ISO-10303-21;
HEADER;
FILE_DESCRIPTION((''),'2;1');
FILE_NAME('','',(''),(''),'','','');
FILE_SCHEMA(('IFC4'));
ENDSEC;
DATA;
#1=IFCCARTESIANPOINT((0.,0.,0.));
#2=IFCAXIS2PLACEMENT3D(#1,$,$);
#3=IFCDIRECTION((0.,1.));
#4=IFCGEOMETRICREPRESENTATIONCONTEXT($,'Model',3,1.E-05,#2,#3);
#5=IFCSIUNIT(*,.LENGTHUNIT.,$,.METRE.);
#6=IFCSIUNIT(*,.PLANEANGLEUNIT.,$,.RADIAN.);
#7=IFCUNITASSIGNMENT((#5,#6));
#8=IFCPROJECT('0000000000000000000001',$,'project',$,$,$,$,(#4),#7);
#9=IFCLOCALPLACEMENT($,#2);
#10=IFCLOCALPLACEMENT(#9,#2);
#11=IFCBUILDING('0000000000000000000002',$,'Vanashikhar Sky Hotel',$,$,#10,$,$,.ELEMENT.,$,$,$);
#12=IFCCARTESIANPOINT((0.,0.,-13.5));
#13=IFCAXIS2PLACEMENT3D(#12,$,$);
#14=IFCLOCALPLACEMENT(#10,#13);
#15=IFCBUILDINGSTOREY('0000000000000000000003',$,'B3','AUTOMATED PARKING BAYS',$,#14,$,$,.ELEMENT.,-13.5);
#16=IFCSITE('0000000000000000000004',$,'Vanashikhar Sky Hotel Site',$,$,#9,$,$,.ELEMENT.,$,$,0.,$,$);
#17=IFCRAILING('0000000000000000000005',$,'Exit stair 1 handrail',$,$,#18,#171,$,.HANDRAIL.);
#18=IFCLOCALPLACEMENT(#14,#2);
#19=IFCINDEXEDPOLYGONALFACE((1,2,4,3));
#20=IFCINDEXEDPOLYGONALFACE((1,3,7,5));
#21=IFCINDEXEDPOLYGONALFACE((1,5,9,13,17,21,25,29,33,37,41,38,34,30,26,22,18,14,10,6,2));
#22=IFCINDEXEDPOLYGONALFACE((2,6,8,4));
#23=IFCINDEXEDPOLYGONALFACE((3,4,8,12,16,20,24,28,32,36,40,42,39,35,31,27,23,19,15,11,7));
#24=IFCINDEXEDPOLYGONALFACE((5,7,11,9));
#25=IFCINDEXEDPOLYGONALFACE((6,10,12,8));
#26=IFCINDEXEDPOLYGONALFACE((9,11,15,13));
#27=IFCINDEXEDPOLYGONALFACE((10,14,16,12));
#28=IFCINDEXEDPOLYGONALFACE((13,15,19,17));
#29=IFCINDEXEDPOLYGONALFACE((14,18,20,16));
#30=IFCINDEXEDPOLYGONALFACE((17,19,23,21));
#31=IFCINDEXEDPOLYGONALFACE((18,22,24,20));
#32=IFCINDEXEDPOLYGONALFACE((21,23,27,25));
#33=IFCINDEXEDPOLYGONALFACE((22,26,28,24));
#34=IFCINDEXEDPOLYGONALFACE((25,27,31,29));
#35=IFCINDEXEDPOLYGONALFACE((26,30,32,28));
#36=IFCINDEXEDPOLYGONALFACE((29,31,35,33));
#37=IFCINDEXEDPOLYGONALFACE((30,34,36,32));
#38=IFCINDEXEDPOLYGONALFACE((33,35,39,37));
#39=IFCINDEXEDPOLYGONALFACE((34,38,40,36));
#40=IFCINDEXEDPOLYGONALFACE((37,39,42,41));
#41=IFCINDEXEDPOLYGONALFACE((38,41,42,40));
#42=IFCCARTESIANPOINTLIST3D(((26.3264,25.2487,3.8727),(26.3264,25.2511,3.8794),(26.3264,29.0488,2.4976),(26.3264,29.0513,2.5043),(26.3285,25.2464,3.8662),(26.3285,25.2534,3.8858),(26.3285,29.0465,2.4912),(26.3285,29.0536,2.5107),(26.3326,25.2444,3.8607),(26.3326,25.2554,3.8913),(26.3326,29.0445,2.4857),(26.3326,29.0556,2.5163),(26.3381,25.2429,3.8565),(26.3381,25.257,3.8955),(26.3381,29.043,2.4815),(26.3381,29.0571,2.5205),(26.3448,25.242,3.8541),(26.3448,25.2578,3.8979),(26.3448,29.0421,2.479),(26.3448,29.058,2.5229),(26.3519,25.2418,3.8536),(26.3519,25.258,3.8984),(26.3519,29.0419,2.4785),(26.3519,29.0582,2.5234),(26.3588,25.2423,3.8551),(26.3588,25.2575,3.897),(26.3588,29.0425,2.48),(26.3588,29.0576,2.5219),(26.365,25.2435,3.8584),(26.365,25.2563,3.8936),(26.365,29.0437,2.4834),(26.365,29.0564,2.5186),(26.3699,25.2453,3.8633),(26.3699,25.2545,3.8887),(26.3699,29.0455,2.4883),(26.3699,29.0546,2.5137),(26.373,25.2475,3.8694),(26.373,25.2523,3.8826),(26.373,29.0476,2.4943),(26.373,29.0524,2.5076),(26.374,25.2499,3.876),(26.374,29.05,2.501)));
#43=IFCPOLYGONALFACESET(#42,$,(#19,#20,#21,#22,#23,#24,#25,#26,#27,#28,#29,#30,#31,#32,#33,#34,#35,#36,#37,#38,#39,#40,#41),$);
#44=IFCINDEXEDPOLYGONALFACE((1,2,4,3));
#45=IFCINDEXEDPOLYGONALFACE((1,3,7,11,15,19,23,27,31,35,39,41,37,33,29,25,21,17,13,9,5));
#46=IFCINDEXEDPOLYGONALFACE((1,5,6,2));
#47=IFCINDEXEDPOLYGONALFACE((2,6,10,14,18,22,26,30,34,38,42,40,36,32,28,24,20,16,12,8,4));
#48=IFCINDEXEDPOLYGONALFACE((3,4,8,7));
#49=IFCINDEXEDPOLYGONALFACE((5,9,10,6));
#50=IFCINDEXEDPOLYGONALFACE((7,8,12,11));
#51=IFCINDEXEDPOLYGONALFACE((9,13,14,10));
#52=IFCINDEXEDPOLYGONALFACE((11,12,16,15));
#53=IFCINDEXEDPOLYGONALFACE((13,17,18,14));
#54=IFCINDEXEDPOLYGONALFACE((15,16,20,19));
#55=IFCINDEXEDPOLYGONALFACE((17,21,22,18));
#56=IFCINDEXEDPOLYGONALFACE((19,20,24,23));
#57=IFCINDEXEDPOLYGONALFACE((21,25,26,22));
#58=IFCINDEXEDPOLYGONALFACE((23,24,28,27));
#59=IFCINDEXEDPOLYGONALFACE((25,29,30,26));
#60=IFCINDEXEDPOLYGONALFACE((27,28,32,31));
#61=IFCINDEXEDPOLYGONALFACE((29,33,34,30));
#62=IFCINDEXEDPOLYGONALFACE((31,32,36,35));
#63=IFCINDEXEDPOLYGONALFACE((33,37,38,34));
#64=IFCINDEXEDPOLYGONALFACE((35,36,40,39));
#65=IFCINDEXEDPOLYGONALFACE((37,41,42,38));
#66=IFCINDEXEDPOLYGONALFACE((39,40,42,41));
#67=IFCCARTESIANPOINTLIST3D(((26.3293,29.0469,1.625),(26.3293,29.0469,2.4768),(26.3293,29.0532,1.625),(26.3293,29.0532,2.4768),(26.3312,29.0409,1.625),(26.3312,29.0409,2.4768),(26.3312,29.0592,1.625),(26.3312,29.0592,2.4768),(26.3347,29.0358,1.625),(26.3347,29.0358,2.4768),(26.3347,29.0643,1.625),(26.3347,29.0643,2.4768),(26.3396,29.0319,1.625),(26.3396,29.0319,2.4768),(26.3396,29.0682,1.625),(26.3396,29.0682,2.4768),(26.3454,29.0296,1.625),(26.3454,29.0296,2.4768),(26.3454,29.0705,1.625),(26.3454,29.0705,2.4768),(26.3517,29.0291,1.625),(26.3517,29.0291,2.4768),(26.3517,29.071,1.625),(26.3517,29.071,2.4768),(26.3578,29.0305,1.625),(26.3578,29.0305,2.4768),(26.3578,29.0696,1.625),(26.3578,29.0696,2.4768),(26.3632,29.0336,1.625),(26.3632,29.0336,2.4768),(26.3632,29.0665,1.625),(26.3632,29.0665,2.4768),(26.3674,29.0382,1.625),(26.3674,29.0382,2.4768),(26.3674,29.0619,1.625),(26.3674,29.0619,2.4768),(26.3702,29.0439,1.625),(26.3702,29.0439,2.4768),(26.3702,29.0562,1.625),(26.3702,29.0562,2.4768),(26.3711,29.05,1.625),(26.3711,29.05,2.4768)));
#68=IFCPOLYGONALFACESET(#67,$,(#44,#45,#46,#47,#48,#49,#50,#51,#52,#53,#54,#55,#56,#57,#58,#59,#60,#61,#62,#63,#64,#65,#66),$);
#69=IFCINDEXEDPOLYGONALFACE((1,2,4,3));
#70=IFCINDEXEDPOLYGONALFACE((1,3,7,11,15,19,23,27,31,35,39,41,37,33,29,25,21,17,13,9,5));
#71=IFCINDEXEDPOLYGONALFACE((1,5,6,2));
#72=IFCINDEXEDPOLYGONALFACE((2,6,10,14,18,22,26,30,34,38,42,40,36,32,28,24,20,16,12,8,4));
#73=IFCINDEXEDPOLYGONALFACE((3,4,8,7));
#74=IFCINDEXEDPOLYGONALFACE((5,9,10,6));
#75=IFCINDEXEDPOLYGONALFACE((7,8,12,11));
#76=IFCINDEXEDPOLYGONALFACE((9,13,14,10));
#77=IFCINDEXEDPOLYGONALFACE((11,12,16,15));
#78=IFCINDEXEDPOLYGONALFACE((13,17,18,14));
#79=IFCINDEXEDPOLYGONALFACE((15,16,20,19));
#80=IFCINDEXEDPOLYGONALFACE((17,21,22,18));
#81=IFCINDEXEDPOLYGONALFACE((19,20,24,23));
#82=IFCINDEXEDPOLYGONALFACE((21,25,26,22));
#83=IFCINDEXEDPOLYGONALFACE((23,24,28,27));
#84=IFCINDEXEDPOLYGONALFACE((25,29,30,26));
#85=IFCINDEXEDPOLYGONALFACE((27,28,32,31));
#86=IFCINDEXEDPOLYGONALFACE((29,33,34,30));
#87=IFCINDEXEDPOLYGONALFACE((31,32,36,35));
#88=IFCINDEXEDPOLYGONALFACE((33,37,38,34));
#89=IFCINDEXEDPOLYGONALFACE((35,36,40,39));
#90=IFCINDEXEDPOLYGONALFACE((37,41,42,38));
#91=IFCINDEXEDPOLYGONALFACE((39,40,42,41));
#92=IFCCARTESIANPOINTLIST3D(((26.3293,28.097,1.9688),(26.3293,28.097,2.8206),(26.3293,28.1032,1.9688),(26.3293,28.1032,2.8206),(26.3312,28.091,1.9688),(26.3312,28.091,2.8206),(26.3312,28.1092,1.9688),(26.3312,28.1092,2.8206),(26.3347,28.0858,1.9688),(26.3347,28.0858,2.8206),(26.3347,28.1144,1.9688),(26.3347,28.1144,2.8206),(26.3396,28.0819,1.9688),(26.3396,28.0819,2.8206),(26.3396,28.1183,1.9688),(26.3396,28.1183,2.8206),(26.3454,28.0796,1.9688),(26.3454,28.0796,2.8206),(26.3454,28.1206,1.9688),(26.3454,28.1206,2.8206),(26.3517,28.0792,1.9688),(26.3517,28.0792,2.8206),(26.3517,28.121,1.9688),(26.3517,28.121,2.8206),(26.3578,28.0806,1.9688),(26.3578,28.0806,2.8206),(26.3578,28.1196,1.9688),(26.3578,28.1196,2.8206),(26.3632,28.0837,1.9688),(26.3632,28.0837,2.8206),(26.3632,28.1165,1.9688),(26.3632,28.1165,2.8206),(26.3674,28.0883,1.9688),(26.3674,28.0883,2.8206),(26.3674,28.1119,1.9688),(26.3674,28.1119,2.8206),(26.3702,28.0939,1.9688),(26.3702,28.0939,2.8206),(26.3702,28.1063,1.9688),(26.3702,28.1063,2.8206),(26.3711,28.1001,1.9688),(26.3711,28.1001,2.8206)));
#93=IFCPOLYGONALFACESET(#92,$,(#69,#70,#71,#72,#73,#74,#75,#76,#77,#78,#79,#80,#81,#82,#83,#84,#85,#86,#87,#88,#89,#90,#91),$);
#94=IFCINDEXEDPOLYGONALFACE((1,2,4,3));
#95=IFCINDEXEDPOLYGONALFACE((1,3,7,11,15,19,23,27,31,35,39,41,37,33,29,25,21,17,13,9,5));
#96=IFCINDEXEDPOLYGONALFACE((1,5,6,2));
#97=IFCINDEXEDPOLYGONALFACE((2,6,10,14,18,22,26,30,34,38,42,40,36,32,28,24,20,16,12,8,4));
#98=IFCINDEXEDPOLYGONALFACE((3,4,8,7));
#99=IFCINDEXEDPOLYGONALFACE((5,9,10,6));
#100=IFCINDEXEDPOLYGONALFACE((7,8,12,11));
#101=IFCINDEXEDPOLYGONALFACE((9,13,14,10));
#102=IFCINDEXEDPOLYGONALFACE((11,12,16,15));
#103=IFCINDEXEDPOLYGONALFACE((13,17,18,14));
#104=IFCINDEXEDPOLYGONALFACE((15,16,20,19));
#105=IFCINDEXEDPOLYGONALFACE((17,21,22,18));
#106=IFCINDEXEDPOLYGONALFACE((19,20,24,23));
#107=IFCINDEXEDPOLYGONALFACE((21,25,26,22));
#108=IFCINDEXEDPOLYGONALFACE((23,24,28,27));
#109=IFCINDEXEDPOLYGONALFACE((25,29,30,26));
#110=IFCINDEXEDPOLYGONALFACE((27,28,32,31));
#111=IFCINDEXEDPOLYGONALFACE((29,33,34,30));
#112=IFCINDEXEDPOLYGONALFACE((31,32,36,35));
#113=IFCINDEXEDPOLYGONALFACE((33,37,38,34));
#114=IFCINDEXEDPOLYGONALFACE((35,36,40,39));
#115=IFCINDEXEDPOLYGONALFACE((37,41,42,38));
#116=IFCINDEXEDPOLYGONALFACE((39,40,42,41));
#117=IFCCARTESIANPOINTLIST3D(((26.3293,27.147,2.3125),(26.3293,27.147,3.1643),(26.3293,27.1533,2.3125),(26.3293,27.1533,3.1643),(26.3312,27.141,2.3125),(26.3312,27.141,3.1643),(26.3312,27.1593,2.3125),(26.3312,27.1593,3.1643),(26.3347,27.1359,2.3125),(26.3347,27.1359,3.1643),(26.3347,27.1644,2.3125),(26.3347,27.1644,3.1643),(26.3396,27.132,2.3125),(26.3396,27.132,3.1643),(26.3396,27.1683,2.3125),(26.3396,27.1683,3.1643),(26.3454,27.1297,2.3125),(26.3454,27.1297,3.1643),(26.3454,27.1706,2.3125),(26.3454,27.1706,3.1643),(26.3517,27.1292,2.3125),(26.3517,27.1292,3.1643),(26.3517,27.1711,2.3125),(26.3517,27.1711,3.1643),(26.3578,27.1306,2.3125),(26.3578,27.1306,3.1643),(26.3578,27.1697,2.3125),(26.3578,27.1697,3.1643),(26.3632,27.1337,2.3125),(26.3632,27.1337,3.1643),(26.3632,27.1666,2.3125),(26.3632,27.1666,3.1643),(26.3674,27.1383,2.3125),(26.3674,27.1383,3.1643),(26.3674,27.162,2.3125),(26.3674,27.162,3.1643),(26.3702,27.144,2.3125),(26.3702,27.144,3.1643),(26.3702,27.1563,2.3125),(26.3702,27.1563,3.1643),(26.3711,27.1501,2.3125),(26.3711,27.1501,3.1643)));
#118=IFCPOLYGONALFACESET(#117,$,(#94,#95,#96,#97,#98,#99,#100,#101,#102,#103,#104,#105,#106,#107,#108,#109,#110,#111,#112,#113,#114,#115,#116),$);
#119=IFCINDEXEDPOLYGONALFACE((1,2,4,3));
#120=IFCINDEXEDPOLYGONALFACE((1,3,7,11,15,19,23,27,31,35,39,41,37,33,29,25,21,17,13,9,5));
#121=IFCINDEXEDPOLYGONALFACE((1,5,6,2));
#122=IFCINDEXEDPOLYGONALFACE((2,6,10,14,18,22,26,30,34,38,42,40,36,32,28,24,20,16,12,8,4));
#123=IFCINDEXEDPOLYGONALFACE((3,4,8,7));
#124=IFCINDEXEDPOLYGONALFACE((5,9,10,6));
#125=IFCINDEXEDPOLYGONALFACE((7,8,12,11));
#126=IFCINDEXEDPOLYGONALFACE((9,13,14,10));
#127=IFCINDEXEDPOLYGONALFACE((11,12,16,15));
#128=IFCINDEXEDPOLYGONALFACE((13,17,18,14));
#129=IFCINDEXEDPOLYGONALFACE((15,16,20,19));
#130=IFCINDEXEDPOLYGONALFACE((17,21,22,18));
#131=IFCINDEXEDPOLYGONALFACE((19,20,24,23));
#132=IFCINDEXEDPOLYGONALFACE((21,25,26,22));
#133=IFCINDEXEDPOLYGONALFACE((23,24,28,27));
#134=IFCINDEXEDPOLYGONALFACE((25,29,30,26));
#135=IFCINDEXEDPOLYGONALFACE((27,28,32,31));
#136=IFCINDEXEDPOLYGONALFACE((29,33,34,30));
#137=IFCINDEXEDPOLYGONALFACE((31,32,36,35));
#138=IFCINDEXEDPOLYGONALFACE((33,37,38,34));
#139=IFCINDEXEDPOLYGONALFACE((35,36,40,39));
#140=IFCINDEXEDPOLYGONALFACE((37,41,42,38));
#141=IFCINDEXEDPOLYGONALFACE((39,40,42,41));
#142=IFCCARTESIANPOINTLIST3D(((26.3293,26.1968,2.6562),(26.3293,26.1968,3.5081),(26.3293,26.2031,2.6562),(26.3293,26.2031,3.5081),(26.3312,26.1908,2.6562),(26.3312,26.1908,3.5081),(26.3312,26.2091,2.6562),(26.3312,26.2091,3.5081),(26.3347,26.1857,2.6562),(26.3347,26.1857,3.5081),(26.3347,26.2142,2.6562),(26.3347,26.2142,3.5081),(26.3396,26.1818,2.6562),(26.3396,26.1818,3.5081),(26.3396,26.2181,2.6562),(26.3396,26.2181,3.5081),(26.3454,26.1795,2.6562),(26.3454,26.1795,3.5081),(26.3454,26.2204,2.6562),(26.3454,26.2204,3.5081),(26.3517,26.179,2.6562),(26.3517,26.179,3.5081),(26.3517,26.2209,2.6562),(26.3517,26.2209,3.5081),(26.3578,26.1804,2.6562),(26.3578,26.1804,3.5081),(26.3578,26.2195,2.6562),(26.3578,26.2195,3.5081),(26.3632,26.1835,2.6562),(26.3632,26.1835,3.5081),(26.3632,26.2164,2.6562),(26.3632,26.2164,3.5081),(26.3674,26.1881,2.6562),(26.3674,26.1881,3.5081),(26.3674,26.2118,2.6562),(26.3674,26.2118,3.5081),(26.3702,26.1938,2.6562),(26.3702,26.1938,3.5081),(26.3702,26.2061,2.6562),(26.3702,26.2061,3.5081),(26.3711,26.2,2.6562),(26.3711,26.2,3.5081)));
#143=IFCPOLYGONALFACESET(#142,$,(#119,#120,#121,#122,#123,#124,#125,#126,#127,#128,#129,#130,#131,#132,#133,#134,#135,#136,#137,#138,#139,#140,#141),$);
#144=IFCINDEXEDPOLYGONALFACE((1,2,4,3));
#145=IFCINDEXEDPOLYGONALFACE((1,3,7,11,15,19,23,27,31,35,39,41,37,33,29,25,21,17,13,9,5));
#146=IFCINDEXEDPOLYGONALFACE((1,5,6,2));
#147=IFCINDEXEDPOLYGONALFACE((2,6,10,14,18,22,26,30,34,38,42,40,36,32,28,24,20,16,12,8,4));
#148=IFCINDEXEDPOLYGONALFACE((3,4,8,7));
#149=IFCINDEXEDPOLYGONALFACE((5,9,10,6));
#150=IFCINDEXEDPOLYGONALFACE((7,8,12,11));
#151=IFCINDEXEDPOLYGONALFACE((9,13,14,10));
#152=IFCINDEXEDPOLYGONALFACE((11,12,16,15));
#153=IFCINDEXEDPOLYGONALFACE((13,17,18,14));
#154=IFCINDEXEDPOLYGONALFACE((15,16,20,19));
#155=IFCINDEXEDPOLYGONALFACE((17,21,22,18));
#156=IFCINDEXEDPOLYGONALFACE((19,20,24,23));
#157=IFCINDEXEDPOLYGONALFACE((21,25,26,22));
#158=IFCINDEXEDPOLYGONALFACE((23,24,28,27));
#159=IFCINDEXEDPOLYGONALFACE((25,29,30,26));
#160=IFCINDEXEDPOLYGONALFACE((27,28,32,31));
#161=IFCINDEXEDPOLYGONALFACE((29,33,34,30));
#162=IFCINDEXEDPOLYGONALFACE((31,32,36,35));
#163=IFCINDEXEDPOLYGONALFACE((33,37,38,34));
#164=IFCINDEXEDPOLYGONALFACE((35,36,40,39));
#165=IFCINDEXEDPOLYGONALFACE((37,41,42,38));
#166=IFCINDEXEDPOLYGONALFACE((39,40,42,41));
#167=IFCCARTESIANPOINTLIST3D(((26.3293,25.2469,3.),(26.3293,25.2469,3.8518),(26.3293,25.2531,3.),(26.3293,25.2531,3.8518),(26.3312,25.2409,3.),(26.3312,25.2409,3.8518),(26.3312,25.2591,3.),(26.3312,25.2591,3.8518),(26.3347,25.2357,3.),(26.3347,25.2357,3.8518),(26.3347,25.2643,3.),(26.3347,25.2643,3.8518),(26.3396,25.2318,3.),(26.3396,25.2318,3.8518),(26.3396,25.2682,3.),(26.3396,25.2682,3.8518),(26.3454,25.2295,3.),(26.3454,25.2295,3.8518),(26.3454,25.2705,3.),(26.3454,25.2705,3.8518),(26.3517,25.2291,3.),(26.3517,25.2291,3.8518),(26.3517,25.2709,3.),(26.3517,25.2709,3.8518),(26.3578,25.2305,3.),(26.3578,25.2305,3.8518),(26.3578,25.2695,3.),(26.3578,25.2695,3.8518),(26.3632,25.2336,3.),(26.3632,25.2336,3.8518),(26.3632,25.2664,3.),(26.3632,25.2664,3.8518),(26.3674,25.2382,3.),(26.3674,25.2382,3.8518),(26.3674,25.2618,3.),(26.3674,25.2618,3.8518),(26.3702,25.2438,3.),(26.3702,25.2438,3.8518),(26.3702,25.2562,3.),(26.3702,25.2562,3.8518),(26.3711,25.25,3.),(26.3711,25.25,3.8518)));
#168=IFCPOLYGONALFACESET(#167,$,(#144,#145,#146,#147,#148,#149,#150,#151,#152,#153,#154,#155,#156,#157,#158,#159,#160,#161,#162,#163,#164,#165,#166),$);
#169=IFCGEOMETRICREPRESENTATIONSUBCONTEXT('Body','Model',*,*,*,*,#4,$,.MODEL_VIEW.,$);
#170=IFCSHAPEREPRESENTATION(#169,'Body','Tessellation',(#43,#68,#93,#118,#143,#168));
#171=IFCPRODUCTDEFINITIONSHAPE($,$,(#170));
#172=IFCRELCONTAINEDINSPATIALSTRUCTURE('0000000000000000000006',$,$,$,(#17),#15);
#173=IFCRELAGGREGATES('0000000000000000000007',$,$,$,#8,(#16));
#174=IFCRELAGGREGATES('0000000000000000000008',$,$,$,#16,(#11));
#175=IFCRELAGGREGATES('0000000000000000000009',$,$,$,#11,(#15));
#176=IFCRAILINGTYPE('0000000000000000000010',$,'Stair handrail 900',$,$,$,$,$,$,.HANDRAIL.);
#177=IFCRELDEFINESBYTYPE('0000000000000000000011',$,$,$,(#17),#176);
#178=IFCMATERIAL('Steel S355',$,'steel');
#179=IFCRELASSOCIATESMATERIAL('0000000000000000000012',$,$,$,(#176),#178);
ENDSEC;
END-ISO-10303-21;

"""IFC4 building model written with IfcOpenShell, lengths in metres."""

from ifc_helpers import new_model, si_unit, direction, frame, origin, origin_2d, place, context, subcontext, project, spatial, circle, extrude, source, transform, mapped, material, type_object, element, save


model = new_model("IFC4")

# Units and contexts
model_context = context("Model", 3, precision=1e-05, world=origin(), true_north=direction((0.0, 1.0)))
body_context = subcontext(model_context, "Body", "Model", "MODEL_VIEW")
ifc_project = project(units=[si_unit("LENGTHUNIT", "METRE"), si_unit("PLANEANGLEUNIT", "RADIAN")], contexts=[model_context])

# Site, building, storey
site_placement = place(None, origin())
site = spatial("IfcSite", under=ifc_project, at=site_placement, Name="Vanashikhar Sky Hotel Site", CompositionType="ELEMENT", RefElevation=0.0)
building_placement = place(site_placement, origin())
building = spatial("IfcBuilding", under=site, at=building_placement, Name="Vanashikhar Sky Hotel", CompositionType="ELEMENT")
storey_placement = place(building_placement, frame((0.0, 0.0, -13.5)))
storey = spatial("IfcBuildingStorey", under=building, at=storey_placement, Name="B3", Description="AUTOMATED PARKING BAYS", CompositionType="ELEMENT", Elevation=-13.5)

# Railing
ifc_material_1 = material(Name="Steel S355", Category="steel")
railing_type = type_object("IfcRailingType", Name="Stair handrail 900", PredefinedType="HANDRAIL", material=ifc_material_1)
shared_shape_1 = source(origin(), body_context, "Body", "SweptSolid", [
    extrude(circle(Radius=0.0239, at=origin_2d()), frame((0.0, 0.0, 0.876), z_axis=(0.0, -0.940336, 0.340249), x_axis=(1.0, 0.0, 0.0)), (0.0, 0.0, 1.0), 4.0413),
    extrude(circle(Radius=0.021, at=origin_2d()), origin(), (0.0, 0.0, 1.0), 0.8518),
    extrude(circle(Radius=0.021, at=origin_2d()), frame((0.0, -0.95, 0.3438)), (0.0, 0.0, 1.0), 0.8518),
    extrude(circle(Radius=0.021, at=origin_2d()), frame((0.0, -1.8999, 0.6875)), (0.0, 0.0, 1.0), 0.8518),
    extrude(circle(Radius=0.021, at=origin_2d()), frame((0.0, -2.8501, 1.0312)), (0.0, 0.0, 1.0), 0.8518),
    extrude(circle(Radius=0.021, at=origin_2d()), frame((0.0, -3.8, 1.375)), (0.0, 0.0, 1.0), 0.8518),
])
railing_placement = place(storey_placement, frame((26.3501, 29.05, 1.625)))
element("IfcRailing", 1, at=railing_placement, inside=storey, type_object=railing_type, Name="Exit stair 1 handrail", PredefinedType="HANDRAIL", context=body_context, shape_type="MappedRepresentation", body=[
    mapped(shared_shape_1, transform((0.0, 0.0, 0.0), scale=1.0)),
])

save(model, "model.ifc")
